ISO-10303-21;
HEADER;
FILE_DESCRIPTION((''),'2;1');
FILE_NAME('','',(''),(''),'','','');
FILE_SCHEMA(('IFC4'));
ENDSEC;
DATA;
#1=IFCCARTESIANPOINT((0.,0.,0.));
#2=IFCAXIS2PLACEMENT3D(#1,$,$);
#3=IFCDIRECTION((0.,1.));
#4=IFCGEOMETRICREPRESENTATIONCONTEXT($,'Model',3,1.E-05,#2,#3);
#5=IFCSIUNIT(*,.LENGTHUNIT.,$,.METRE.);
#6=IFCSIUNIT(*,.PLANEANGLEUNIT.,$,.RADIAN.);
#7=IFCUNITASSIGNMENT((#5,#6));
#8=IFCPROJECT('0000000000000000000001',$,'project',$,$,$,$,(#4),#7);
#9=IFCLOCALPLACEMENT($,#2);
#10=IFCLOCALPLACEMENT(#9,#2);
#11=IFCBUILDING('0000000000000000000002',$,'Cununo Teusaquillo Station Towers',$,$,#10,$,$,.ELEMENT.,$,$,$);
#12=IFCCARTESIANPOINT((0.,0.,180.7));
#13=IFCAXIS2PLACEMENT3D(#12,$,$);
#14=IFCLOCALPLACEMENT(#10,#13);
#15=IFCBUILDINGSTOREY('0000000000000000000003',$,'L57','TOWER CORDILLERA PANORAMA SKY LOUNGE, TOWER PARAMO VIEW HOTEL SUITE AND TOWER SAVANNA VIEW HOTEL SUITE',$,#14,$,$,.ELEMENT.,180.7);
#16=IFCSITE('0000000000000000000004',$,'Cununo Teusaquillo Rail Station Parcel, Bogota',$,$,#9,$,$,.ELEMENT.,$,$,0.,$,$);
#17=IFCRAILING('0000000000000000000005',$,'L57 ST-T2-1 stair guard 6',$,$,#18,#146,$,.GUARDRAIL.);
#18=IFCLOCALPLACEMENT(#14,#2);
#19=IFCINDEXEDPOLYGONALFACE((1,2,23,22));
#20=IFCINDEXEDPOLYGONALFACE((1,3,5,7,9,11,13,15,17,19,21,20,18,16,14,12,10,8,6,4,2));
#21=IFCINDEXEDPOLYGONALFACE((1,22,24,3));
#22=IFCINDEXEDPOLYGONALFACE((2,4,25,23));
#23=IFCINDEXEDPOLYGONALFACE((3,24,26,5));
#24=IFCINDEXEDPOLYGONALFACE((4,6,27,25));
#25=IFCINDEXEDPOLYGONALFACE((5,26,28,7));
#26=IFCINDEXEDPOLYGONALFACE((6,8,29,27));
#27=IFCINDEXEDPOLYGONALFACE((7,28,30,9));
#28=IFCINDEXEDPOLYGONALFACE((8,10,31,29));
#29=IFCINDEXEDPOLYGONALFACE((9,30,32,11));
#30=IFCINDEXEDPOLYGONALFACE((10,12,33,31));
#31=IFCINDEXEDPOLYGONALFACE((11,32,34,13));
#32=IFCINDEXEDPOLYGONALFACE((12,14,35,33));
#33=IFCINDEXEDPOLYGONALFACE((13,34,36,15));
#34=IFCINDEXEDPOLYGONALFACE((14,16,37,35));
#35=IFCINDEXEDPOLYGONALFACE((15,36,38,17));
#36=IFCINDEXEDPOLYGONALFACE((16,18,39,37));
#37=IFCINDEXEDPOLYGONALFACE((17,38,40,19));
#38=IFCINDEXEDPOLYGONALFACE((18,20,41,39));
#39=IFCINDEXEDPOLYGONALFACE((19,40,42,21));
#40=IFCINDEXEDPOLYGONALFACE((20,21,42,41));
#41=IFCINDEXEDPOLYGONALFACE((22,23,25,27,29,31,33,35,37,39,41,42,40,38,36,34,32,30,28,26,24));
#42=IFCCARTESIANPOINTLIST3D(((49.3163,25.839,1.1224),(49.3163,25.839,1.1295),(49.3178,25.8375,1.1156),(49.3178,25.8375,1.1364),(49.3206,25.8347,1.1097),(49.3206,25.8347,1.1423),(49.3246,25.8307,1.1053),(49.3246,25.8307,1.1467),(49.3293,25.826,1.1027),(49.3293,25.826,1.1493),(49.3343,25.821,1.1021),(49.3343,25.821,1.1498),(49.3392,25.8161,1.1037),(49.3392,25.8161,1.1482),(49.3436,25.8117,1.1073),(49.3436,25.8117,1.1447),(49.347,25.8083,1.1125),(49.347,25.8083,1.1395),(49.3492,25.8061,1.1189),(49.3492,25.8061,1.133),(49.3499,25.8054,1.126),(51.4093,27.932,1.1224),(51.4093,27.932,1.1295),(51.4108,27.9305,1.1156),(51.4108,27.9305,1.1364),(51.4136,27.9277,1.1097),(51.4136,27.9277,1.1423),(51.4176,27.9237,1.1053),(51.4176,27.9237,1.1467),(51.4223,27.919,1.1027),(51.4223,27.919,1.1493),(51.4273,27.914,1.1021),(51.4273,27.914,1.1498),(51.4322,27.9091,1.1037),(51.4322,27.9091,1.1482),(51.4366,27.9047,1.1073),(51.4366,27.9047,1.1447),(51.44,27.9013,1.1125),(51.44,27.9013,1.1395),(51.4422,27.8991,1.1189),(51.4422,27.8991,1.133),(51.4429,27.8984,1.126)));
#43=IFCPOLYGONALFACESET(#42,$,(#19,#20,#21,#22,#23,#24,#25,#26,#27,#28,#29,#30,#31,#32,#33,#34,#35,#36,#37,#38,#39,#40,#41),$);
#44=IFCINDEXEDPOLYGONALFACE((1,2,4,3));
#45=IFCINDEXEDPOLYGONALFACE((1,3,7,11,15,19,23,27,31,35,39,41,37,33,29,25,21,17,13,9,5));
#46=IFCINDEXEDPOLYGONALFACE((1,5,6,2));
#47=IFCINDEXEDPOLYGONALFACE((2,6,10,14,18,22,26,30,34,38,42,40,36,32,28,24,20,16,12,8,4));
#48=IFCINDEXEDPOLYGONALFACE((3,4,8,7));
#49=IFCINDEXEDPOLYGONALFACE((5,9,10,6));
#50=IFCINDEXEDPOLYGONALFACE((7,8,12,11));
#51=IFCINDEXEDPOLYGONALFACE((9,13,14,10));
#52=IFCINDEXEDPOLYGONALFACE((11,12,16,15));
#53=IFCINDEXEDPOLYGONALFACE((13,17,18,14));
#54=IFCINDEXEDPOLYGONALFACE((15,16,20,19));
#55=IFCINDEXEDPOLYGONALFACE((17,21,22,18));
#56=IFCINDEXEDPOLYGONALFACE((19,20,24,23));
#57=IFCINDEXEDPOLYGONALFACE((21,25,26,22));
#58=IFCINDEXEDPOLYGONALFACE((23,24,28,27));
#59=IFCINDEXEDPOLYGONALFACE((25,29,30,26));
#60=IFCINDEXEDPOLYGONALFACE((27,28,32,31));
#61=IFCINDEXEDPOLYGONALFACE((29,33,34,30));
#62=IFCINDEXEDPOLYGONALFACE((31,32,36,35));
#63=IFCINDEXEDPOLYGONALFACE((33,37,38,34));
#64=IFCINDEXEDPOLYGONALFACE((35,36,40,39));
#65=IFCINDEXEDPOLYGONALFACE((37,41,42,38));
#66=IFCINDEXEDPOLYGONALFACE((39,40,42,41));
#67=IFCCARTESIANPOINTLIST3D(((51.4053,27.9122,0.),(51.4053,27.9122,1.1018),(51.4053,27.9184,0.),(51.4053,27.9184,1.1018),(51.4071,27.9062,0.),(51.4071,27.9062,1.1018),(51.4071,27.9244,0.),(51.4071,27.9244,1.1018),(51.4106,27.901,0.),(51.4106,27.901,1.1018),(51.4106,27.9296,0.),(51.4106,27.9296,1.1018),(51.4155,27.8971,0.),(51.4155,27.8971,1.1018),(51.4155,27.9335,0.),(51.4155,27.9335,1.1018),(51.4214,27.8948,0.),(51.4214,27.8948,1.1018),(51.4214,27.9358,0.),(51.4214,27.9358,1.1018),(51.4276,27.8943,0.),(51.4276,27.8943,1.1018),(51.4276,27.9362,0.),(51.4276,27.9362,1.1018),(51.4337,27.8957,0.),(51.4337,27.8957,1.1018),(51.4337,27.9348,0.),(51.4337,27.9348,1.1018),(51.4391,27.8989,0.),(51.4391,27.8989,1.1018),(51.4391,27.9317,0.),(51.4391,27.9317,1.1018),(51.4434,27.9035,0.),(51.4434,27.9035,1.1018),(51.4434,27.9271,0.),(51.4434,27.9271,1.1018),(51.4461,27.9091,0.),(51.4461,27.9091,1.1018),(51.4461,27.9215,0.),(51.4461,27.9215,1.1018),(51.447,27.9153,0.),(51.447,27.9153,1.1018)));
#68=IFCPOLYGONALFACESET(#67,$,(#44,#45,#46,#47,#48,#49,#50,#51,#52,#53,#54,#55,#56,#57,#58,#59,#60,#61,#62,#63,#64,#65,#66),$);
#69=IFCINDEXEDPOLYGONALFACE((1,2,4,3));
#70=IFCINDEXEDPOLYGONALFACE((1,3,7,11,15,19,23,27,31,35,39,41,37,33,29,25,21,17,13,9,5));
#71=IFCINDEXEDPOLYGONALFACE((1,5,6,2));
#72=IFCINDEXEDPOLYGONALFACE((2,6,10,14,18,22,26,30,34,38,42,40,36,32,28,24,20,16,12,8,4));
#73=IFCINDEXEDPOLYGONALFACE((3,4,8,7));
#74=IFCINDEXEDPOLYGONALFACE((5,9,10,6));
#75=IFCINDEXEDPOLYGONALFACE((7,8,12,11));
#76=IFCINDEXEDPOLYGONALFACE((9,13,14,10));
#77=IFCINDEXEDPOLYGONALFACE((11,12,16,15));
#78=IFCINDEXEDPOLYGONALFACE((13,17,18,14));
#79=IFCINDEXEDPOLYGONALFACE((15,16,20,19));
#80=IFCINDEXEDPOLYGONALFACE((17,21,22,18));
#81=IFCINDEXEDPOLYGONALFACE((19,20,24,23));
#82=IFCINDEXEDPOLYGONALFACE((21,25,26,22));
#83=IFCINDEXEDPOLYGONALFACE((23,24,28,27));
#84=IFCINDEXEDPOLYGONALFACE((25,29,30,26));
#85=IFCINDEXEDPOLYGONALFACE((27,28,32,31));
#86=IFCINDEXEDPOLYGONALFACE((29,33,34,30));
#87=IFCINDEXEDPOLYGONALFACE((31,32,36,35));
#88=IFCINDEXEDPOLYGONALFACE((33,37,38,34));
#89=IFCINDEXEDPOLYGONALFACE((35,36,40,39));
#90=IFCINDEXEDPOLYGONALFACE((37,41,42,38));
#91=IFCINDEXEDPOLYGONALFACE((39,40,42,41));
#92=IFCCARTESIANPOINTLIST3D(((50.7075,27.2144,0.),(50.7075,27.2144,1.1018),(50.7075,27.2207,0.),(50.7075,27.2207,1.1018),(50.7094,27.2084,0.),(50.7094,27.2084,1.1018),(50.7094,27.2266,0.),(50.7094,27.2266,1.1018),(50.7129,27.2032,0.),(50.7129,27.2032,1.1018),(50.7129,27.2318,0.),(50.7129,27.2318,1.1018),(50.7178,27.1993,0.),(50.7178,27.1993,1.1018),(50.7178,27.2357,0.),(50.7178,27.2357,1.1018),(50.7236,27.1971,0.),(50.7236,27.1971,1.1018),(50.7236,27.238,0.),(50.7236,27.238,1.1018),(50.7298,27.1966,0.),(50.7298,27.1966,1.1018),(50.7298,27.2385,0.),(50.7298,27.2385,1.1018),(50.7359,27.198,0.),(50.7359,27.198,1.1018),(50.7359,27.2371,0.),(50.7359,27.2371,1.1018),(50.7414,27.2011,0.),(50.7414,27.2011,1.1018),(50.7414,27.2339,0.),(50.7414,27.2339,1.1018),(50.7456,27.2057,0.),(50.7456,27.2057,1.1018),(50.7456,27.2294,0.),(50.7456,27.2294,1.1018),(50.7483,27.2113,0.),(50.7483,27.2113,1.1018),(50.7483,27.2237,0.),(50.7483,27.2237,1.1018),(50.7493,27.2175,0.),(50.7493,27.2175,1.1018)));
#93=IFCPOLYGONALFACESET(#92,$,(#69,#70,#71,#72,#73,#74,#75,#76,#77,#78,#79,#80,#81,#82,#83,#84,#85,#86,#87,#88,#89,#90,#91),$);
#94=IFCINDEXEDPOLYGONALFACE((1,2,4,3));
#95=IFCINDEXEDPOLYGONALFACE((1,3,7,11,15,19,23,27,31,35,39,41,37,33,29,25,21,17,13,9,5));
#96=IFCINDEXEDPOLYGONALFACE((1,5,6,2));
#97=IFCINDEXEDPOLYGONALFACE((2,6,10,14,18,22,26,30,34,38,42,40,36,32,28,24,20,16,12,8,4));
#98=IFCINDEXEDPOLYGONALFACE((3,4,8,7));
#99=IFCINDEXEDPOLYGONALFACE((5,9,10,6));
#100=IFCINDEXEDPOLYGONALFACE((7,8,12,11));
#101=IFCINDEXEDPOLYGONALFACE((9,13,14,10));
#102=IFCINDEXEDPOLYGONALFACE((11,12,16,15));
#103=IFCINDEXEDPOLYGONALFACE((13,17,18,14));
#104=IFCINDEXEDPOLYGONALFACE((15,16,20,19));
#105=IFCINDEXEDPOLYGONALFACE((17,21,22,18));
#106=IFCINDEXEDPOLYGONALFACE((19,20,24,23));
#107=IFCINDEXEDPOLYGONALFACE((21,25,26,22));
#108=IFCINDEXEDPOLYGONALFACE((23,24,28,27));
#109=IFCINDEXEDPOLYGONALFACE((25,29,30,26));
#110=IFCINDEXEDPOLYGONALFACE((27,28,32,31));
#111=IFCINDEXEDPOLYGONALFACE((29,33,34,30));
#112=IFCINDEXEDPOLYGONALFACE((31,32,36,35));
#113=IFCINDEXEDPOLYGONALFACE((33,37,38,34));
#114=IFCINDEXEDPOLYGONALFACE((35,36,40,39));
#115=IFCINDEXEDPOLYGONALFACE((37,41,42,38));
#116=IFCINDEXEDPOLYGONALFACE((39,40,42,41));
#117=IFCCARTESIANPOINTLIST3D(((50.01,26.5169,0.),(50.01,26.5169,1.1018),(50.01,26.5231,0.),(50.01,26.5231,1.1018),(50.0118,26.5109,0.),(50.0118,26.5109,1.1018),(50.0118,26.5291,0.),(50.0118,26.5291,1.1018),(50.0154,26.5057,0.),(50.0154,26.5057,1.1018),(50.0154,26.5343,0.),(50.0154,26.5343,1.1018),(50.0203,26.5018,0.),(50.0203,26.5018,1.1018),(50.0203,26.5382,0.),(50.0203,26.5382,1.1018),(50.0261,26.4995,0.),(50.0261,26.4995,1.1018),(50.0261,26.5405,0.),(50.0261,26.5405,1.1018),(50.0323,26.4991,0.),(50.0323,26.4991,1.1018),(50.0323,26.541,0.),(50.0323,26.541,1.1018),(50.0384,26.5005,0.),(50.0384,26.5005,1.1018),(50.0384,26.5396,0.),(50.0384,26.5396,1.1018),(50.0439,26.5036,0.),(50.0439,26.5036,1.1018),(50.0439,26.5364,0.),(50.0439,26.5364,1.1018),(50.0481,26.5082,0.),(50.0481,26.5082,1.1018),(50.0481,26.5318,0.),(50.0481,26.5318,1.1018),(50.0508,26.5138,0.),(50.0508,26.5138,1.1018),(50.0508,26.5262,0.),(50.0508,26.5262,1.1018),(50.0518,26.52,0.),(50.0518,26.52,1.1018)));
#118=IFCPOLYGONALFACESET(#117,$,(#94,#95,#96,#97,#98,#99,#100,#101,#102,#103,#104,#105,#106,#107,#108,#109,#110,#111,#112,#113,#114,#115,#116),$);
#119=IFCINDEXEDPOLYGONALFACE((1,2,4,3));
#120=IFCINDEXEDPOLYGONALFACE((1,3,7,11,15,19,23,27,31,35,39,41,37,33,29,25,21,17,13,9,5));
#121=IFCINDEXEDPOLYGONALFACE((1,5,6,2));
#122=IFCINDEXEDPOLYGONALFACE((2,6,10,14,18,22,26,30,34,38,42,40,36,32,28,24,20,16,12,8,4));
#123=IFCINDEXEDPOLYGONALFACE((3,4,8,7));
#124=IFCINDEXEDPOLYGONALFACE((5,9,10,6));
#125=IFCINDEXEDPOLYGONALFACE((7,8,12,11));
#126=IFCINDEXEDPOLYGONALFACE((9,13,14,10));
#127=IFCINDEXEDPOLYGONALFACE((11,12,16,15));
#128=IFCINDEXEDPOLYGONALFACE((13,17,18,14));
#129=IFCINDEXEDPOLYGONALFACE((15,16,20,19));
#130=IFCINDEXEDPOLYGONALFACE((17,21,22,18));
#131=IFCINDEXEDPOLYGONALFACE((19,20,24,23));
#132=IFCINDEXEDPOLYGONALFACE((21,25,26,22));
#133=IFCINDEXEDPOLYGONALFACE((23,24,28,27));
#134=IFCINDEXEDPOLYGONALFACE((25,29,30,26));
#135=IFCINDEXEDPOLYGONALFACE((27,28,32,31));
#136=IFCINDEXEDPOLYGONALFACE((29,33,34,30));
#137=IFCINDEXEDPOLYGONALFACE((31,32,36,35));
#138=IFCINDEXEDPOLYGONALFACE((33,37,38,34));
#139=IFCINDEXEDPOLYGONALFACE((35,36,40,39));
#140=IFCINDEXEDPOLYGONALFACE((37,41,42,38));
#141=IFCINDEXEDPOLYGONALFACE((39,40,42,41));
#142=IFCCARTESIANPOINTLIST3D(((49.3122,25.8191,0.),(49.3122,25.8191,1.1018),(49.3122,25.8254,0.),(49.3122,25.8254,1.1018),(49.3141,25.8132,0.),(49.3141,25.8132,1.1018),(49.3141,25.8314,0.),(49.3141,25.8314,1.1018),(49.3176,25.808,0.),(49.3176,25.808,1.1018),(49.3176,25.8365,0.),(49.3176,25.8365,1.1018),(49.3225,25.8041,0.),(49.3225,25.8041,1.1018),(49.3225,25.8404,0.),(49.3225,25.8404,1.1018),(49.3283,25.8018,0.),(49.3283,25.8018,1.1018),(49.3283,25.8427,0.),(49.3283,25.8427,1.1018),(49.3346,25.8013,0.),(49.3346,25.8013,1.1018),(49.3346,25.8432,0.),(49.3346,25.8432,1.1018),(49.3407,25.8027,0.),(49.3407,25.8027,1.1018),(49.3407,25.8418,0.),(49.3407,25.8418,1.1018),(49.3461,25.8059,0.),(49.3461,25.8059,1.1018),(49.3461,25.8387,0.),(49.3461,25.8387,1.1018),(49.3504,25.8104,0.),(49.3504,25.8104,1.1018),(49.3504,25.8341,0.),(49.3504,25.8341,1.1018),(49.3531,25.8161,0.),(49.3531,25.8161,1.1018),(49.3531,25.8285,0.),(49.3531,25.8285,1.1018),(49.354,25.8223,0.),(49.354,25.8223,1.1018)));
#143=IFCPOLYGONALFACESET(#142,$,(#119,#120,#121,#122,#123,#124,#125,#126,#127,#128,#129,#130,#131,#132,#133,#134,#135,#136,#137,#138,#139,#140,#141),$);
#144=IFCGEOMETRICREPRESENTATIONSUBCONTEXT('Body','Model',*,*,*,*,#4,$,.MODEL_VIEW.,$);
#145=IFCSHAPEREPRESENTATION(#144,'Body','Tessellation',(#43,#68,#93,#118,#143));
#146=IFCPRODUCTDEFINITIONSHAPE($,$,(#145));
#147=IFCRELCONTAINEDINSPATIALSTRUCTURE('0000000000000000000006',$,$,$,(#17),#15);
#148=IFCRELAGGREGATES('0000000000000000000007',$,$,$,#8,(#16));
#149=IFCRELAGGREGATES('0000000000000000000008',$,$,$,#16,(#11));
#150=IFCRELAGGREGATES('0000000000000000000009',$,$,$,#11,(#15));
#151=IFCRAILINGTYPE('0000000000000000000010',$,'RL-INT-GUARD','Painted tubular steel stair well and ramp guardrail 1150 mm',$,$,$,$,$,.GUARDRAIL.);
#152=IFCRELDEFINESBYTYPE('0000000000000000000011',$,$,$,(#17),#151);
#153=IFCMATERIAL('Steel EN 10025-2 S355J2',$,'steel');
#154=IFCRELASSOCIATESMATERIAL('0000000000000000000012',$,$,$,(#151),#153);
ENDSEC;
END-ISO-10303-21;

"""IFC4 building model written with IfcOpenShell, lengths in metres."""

from ifc_helpers import new_model, si_unit, direction, frame, origin, origin_2d, place, context, subcontext, project, spatial, circle, extrude, material, type_object, element, save


model = new_model("IFC4")

# Units and contexts
model_context = context("Model", 3, precision=1e-05, world=origin(), true_north=direction((0.0, 1.0)))
body_context = subcontext(model_context, "Body", "Model", "MODEL_VIEW")
ifc_project = project(units=[si_unit("LENGTHUNIT", "METRE"), si_unit("PLANEANGLEUNIT", "RADIAN")], contexts=[model_context])

# Site, building, storey
site_placement = place(None, origin())
site = spatial("IfcSite", under=ifc_project, at=site_placement, Name="Cununo Teusaquillo Rail Station Parcel, Bogota", CompositionType="ELEMENT", RefElevation=0.0)
building_placement = place(site_placement, origin())
building = spatial("IfcBuilding", under=site, at=building_placement, Name="Cununo Teusaquillo Station Towers", CompositionType="ELEMENT")
storey_placement = place(building_placement, frame((0.0, 0.0, 180.7)))
storey = spatial("IfcBuildingStorey", under=building, at=storey_placement, Name="L57", Description="TOWER CORDILLERA PANORAMA SKY LOUNGE, TOWER PARAMO VIEW HOTEL SUITE AND TOWER SAVANNA VIEW HOTEL SUITE", CompositionType="ELEMENT", Elevation=180.7)

# Railing
ifc_material_1 = material(Name="Steel EN 10025-2 S355J2", Category="steel")
railing_type = type_object("IfcRailingType", Name="RL-INT-GUARD", Description="Painted tubular steel stair well and ramp guardrail 1150 mm", PredefinedType="GUARDRAIL", material=ifc_material_1)
railing_1_placement = place(storey_placement, frame((51.426, 27.9153, 0.0)))
element("IfcRailing", 1, at=railing_1_placement, inside=storey, type_object=railing_type, Name="L57 ST-T2-1 stair guard 6", PredefinedType="GUARDRAIL", context=body_context, shape_type="SweptSolid", body=[
    extrude(circle(Radius=0.0239, at=origin_2d()), frame((0.0, 0.0, 1.126), z_axis=(-0.707107, -0.707107, 0.0), x_axis=(0.707107, -0.707107, 0.0)), (0.0, 0.0, 1.0), 2.96),
    extrude(circle(Radius=0.021, at=origin_2d()), origin(), (0.0, 0.0, 1.0), 1.1018),
    extrude(circle(Radius=0.021, at=origin_2d()), frame((-0.6978, -0.6978, 0.0)), (0.0, 0.0, 1.0), 1.1018),
    extrude(circle(Radius=0.021, at=origin_2d()), frame((-1.3953, -1.3953, 0.0)), (0.0, 0.0, 1.0), 1.1018),
    extrude(circle(Radius=0.021, at=origin_2d()), frame((-2.093, -2.093, 0.0)), (0.0, 0.0, 1.0), 1.1018),
])

save(model, "model.ifc")
